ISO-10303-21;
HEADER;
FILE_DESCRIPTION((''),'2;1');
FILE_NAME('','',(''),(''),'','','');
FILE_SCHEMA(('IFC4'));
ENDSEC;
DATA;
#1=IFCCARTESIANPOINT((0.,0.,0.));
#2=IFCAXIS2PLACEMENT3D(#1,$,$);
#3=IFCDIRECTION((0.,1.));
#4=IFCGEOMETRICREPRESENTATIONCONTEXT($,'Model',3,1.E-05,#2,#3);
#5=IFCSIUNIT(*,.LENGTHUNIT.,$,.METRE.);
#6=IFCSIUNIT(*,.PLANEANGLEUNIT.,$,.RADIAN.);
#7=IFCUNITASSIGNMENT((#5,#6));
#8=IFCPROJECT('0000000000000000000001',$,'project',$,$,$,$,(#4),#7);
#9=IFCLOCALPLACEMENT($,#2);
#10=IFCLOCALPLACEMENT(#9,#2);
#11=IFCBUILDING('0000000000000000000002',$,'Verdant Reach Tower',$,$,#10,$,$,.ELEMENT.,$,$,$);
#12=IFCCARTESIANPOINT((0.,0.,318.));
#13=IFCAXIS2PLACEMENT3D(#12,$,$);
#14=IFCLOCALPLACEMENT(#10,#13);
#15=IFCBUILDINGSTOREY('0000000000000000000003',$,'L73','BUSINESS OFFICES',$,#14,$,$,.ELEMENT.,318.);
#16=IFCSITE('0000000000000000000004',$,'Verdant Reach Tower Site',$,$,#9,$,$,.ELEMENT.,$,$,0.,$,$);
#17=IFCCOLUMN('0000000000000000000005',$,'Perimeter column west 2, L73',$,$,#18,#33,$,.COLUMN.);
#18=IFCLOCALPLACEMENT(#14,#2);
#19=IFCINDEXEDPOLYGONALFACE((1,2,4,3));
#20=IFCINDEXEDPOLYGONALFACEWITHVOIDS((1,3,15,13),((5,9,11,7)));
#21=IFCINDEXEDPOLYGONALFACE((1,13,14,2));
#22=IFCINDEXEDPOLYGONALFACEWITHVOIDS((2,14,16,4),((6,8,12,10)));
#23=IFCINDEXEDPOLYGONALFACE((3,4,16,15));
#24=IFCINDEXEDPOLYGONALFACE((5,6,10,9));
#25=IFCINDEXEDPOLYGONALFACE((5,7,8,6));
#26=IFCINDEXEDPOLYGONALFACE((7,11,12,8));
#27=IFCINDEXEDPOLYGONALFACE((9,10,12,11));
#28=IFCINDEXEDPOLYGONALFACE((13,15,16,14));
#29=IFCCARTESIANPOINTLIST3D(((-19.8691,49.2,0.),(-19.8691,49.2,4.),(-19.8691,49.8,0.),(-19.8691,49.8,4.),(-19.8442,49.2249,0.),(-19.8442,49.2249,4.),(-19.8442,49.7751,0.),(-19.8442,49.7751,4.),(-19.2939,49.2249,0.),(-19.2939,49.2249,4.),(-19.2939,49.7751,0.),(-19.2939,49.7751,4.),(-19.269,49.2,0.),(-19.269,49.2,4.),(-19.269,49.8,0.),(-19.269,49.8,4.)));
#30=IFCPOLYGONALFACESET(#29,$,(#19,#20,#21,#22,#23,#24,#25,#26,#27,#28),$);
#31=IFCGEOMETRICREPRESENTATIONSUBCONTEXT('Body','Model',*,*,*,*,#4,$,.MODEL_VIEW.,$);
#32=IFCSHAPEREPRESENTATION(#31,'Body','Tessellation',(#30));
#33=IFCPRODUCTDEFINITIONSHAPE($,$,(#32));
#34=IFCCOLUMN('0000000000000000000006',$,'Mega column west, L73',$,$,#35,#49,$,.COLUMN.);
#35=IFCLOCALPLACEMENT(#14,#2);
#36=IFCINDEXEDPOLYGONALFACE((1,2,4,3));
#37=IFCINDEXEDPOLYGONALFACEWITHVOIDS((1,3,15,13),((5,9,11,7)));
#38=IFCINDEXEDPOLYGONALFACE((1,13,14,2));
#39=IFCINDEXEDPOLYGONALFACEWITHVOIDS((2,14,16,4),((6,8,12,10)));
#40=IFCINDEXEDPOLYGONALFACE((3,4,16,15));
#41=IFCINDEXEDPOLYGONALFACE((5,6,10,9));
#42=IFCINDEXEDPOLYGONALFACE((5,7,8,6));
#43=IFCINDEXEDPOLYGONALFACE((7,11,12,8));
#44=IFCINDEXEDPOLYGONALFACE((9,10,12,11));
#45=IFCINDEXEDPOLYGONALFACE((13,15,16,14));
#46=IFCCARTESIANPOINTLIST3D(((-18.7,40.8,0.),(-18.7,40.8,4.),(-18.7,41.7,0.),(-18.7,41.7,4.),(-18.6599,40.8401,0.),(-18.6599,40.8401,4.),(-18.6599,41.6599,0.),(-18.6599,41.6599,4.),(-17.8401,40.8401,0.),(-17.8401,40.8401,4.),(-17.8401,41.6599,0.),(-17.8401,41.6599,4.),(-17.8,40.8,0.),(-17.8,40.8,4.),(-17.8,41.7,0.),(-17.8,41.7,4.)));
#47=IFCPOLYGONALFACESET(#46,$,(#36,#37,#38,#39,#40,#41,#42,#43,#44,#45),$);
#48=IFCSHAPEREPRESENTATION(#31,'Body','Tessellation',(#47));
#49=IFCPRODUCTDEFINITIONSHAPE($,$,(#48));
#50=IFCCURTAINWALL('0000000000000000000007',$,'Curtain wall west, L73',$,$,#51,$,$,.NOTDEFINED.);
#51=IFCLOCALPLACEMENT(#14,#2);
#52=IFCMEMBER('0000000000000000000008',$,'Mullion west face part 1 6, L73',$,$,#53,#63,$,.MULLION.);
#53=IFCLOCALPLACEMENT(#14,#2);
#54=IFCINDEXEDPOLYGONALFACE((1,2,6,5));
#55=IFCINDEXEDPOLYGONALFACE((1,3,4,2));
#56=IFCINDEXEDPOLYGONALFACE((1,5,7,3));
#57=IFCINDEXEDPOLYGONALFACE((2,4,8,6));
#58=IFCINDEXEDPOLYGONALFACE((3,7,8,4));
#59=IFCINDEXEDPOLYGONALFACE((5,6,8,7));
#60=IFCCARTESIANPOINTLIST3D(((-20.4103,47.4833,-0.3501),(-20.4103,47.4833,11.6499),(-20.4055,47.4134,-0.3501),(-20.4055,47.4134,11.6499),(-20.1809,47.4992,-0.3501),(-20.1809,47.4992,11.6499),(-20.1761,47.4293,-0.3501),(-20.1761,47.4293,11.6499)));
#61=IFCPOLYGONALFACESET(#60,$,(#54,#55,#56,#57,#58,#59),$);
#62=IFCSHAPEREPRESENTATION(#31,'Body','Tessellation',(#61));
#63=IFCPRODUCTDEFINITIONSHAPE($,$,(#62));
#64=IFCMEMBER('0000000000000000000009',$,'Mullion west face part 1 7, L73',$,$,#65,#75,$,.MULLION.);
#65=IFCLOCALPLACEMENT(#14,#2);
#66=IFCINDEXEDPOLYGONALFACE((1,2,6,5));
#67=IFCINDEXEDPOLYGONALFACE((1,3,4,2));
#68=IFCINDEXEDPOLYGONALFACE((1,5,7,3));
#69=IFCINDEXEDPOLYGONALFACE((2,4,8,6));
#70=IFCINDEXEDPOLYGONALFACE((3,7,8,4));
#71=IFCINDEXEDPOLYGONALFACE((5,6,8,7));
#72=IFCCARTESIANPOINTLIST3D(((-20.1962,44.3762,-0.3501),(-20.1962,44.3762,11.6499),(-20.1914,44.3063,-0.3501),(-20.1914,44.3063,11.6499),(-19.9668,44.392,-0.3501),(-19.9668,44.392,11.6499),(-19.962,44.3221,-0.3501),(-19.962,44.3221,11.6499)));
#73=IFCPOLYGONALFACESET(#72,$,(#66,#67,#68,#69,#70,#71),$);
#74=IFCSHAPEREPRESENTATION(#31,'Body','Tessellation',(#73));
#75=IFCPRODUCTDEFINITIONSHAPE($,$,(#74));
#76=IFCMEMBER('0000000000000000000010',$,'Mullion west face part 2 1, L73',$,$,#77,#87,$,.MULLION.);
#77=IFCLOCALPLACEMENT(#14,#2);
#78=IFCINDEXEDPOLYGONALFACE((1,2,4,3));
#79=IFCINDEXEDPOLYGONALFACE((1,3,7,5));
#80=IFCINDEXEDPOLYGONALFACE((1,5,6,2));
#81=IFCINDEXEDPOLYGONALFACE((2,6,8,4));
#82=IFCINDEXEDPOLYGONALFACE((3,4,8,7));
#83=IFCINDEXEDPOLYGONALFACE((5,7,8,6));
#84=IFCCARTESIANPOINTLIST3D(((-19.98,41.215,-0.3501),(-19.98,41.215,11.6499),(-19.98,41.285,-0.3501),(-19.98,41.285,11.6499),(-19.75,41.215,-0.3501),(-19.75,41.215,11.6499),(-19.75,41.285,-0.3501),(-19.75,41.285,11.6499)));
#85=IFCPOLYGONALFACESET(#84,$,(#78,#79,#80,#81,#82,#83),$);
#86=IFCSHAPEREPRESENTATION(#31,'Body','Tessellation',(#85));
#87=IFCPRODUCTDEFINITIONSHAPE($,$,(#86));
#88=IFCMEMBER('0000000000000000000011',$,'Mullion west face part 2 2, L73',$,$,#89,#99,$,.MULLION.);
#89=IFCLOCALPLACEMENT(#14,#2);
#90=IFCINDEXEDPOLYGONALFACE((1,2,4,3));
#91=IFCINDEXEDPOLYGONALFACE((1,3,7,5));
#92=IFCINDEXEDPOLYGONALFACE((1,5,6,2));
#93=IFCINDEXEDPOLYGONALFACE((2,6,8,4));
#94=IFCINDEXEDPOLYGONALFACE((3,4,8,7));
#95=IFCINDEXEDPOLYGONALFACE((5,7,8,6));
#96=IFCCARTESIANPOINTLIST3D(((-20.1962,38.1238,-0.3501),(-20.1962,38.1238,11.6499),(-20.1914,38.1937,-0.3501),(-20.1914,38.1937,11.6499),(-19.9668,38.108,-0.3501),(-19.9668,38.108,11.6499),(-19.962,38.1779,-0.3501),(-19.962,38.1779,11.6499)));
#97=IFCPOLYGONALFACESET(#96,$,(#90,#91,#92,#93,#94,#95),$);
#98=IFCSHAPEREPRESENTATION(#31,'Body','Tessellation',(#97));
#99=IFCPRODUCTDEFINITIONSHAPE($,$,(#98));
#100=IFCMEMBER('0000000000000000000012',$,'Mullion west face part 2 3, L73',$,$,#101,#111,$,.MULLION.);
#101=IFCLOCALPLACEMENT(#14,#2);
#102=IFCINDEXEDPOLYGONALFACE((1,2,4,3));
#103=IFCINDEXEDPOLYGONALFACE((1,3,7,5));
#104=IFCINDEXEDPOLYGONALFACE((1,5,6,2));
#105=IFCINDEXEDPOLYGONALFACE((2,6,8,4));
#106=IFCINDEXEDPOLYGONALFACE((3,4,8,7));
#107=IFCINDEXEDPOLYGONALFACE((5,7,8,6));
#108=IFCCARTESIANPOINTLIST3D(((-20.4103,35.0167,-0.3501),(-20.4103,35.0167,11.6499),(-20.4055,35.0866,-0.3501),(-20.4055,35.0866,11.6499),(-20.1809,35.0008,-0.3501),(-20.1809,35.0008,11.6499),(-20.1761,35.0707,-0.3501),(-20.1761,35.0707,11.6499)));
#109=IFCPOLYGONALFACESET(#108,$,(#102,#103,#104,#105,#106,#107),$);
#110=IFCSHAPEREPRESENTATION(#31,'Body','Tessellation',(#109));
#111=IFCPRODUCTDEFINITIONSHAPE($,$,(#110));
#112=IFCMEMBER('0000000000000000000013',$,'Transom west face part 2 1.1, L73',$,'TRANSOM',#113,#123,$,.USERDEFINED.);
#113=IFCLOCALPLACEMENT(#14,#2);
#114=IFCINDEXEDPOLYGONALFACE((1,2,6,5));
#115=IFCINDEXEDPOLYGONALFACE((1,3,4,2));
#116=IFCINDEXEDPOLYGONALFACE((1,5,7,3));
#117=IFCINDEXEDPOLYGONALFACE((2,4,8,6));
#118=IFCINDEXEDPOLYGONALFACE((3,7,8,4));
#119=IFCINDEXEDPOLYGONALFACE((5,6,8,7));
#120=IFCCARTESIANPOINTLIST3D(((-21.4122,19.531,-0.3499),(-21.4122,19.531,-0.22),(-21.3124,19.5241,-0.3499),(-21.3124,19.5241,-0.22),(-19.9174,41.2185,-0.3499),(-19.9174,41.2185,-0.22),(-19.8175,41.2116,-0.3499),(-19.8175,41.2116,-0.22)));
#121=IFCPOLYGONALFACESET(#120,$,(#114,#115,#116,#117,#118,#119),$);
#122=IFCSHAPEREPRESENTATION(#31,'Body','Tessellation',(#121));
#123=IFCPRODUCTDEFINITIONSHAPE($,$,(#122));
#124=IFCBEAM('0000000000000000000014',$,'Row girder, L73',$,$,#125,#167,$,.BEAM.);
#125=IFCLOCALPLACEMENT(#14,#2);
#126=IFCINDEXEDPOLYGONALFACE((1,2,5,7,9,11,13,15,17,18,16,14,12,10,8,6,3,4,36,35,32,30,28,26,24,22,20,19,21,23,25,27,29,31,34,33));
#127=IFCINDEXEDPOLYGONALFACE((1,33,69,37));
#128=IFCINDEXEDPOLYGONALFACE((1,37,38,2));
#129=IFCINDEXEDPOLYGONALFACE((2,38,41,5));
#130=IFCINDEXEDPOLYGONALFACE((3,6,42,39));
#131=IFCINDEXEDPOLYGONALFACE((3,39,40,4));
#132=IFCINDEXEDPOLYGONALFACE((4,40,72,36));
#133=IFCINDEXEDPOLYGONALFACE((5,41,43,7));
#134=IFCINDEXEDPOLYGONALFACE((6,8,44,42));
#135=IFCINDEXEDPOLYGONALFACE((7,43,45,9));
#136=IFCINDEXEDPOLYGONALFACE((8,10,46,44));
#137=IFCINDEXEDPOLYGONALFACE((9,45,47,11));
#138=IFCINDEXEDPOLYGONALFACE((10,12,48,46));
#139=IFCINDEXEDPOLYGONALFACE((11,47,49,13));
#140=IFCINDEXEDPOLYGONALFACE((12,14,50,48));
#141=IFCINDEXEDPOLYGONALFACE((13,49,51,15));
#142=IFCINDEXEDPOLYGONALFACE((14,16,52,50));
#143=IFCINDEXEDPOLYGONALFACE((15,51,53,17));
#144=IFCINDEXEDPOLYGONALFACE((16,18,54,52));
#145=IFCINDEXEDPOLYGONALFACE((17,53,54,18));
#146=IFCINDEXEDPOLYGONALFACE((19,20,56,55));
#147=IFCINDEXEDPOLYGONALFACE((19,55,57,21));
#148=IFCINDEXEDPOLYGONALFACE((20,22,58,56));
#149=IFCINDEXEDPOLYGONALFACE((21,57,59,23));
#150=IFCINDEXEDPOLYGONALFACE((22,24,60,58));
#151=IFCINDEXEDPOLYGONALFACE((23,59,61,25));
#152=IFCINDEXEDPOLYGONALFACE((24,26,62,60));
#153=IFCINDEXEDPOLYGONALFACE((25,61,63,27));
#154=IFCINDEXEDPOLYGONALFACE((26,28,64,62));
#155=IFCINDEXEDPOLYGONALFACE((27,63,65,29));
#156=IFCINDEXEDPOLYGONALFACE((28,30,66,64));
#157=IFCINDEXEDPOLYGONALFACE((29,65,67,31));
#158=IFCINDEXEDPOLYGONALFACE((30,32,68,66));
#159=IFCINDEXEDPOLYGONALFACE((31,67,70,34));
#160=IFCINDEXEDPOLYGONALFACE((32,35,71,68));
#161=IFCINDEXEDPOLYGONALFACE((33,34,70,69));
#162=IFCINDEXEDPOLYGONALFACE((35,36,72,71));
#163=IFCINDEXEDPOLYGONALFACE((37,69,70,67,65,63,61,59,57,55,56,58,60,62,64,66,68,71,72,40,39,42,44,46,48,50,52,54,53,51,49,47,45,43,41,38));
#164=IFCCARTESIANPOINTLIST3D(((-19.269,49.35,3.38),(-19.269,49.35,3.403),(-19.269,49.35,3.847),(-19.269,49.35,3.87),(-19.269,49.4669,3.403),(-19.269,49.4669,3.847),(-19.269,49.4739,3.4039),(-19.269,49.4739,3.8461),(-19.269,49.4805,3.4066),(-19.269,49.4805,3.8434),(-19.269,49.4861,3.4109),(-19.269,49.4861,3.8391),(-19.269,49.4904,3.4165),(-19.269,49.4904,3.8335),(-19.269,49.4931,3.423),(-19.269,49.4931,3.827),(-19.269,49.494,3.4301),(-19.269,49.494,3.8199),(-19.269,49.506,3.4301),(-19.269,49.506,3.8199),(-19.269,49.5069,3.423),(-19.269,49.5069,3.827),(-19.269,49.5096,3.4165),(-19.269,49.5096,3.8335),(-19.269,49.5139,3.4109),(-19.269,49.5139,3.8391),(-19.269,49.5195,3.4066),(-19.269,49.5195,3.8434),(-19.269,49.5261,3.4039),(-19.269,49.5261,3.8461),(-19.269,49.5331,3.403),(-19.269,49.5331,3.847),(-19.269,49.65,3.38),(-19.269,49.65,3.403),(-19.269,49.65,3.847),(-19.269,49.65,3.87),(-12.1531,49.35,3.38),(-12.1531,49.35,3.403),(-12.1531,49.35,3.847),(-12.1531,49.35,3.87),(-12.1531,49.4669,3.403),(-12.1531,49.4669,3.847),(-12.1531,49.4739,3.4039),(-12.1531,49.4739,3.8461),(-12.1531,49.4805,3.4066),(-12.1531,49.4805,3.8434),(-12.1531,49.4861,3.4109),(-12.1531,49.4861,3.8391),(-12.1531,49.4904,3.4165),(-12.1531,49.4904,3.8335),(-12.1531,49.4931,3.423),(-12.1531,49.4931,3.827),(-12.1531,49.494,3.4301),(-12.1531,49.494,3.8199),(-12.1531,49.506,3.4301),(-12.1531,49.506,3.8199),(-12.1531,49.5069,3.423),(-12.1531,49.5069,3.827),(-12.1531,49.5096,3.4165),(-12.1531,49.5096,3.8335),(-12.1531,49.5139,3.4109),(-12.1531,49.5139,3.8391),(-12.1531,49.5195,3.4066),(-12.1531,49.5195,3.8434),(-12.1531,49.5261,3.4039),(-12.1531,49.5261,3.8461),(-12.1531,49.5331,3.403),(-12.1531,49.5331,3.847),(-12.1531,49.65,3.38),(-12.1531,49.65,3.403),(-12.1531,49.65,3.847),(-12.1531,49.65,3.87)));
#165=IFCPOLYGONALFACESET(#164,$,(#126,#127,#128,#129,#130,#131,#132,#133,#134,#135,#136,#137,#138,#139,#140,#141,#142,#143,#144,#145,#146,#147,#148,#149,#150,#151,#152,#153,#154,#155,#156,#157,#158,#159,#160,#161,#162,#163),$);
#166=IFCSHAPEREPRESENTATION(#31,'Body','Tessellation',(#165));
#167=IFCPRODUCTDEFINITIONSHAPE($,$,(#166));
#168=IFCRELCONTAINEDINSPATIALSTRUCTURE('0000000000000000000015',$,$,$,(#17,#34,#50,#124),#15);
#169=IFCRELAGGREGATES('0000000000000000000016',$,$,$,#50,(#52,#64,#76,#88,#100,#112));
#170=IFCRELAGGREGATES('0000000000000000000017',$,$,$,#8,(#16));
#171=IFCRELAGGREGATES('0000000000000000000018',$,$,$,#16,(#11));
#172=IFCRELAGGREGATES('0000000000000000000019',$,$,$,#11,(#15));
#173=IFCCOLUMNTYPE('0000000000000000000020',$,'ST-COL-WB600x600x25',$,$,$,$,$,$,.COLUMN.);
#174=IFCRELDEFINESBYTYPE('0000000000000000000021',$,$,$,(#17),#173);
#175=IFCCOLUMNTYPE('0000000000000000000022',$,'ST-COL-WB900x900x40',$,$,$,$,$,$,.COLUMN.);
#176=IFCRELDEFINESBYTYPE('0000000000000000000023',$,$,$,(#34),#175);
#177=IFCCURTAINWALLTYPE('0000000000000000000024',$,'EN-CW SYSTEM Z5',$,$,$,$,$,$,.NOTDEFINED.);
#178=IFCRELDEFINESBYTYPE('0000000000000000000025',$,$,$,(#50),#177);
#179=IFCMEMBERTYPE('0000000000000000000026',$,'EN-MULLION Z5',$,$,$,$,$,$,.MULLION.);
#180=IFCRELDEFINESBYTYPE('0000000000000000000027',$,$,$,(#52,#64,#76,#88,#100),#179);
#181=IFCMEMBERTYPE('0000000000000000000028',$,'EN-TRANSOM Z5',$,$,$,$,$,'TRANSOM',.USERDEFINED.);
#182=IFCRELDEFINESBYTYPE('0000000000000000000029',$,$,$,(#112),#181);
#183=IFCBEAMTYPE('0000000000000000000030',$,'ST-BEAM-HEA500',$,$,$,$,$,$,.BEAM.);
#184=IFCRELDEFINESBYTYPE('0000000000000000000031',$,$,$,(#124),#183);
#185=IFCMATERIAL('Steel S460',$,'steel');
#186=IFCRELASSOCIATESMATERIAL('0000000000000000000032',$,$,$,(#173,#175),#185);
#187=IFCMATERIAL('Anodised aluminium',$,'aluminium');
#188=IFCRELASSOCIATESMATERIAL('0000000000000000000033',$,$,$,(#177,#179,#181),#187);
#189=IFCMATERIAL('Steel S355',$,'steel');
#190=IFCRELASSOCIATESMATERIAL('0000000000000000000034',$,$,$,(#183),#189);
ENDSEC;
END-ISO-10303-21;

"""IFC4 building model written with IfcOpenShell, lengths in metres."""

from ifc_helpers import new_model, si_unit, direction, frame, origin, origin_2d, place, context, subcontext, project, spatial, rectangle, hollow_rectangle, i_section, extrude, material, material_profile, profile_set, type_object, element, aggregate, save


model = new_model("IFC4")

# Units and contexts
model_context = context("Model", 3, precision=1e-05, world=origin(), true_north=direction((0.0, 1.0)))
body_context = subcontext(model_context, "Body", "Model", "MODEL_VIEW")
ifc_project = project(units=[si_unit("LENGTHUNIT", "METRE"), si_unit("PLANEANGLEUNIT", "RADIAN")], contexts=[model_context])

# Site, building, storey
site_placement = place(None, origin())
site = spatial("IfcSite", under=ifc_project, at=site_placement, Name="Verdant Reach Tower Site", CompositionType="ELEMENT", RefElevation=0.0)
building_placement = place(site_placement, origin())
building = spatial("IfcBuilding", under=site, at=building_placement, Name="Verdant Reach Tower", CompositionType="ELEMENT")
storey_placement = place(building_placement, frame((0.0, 0.0, 318.0)))
storey = spatial("IfcBuildingStorey", under=building, at=storey_placement, Name="L73", Description="BUSINESS OFFICES", CompositionType="ELEMENT", Elevation=318.0)

# Columns
ifc_material_1 = material(Name="Steel S460", Category="steel")
ifc_material_profile_1 = material_profile(ifc_material_1, hollow_rectangle(XDim=0.6001, YDim=0.6001, WallThickness=0.0249, at=origin_2d()), Name="WB 600x600x25")
ifc_profile_set_1 = profile_set([ifc_material_profile_1], Name="Steel S460")
column_type_1 = type_object("IfcColumnType", Name="ST-COL-WB600x600x25", PredefinedType="COLUMN", material=ifc_profile_set_1)
column_1_placement = place(storey_placement, frame((-19.5691, 49.5, 0.0), z_axis=(0.0, 0.0, 1.0), x_axis=(1.0, 0.0, 0.0)))
element("IfcColumn", 1, at=column_1_placement, inside=storey, type_object=column_type_1, Name="Perimeter column west 2, L73", PredefinedType="COLUMN", context=body_context, shape_type="SweptSolid", body=[
    extrude(hollow_rectangle(XDim=0.6001, YDim=0.6001, WallThickness=0.0249, at=origin_2d()), origin(), (0.0, 0.0, 1.0), 4.0),
])
ifc_material_profile_2 = material_profile(ifc_material_1, hollow_rectangle(XDim=0.8999, YDim=0.8999, WallThickness=0.04, at=origin_2d()), Name="WB 900x900x40")
ifc_profile_set_2 = profile_set([ifc_material_profile_2], Name="Steel S460")
column_type_2 = type_object("IfcColumnType", Name="ST-COL-WB900x900x40", PredefinedType="COLUMN", material=ifc_profile_set_2)
column_2_placement = place(storey_placement, frame((-18.25, 41.25, 0.0), z_axis=(0.0, 0.0, 1.0), x_axis=(1.0, 0.0, 0.0)))
element("IfcColumn", 2, at=column_2_placement, inside=storey, type_object=column_type_2, Name="Mega column west, L73", PredefinedType="COLUMN", context=body_context, shape_type="SweptSolid", body=[
    extrude(hollow_rectangle(XDim=0.8999, YDim=0.8999, WallThickness=0.04, at=origin_2d()), origin(), (0.0, 0.0, 1.0), 4.0),
])

# Curtain wall, members
ifc_material_2 = material(Name="Anodised aluminium", Category="aluminium")
curtain_wall_type = type_object("IfcCurtainWallType", Name="EN-CW SYSTEM Z5", PredefinedType="NOTDEFINED", material=ifc_material_2)
curtain_wall_placement = place(storey_placement, origin())
curtain_wall = element("IfcCurtainWall", 3, at=curtain_wall_placement, inside=storey, type_object=curtain_wall_type, Name="Curtain wall west, L73", PredefinedType="NOTDEFINED")
ifc_material_profile_3 = material_profile(ifc_material_2, rectangle(XDim=0.23, YDim=0.0701, at=origin_2d()), Name="Mullion 70x230")
ifc_profile_set_3 = profile_set([ifc_material_profile_3], Name="Anodised aluminium")
member_type_1 = type_object("IfcMemberType", Name="EN-MULLION Z5", PredefinedType="MULLION", material=ifc_profile_set_3)
member_1_placement = place(storey_placement, frame((-20.2932, 47.4563, -0.3501), z_axis=(0.0, 0.0, 1.0), x_axis=(-0.99763, -0.068802, 0.0)))
member_1 = element("IfcMember", 4, at=member_1_placement, type_object=member_type_1, Name="Mullion west face part 1 6, L73", PredefinedType="MULLION", context=body_context, shape_type="SweptSolid", body=[
    extrude(rectangle(XDim=0.23, YDim=0.0701, at=origin_2d()), origin(), (0.0, 0.0, 1.0), 12.0),
])
member_2_placement = place(storey_placement, frame((-20.0791, 44.3491, -0.3501), z_axis=(0.0, 0.0, 1.0), x_axis=(-0.99763, -0.068802, 0.0)))
member_2 = element("IfcMember", 5, at=member_2_placement, type_object=member_type_1, Name="Mullion west face part 1 7, L73", PredefinedType="MULLION", context=body_context, shape_type="SweptSolid", body=[
    extrude(rectangle(XDim=0.23, YDim=0.0701, at=origin_2d()), origin(), (0.0, 0.0, 1.0), 12.0),
])
member_3_placement = place(storey_placement, frame((-19.865, 41.25, -0.3501), z_axis=(0.0, 0.0, 1.0), x_axis=(-1.0, 0.0, 0.0)))
member_3 = element("IfcMember", 6, at=member_3_placement, type_object=member_type_1, Name="Mullion west face part 2 1, L73", PredefinedType="MULLION", context=body_context, shape_type="SweptSolid", body=[
    extrude(rectangle(XDim=0.23, YDim=0.0701, at=origin_2d()), origin(), (0.0, 0.0, 1.0), 12.0),
])
member_4_placement = place(storey_placement, frame((-20.0791, 38.1509, -0.3501), z_axis=(0.0, 0.0, 1.0), x_axis=(-0.99763, 0.068802, 0.0)))
member_4 = element("IfcMember", 7, at=member_4_placement, type_object=member_type_1, Name="Mullion west face part 2 2, L73", PredefinedType="MULLION", context=body_context, shape_type="SweptSolid", body=[
    extrude(rectangle(XDim=0.23, YDim=0.0701, at=origin_2d()), origin(), (0.0, 0.0, 1.0), 12.0),
])
member_5_placement = place(storey_placement, frame((-20.2932, 35.0437, -0.3501), z_axis=(0.0, 0.0, 1.0), x_axis=(-0.99763, 0.068802, 0.0)))
member_5 = element("IfcMember", 8, at=member_5_placement, type_object=member_type_1, Name="Mullion west face part 2 3, L73", PredefinedType="MULLION", context=body_context, shape_type="SweptSolid", body=[
    extrude(rectangle(XDim=0.23, YDim=0.0701, at=origin_2d()), origin(), (0.0, 0.0, 1.0), 12.0),
])
ifc_material_profile_4 = material_profile(ifc_material_2, rectangle(XDim=0.1001, YDim=0.1299, at=origin_2d()), Name="Transom 130x100")
ifc_profile_set_4 = profile_set([ifc_material_profile_4], Name="Anodised aluminium")
member_type_2 = type_object("IfcMemberType", Name="EN-TRANSOM Z5", ElementType="TRANSOM", PredefinedType="USERDEFINED", material=ifc_profile_set_4)
member_6_placement = place(storey_placement, frame((-19.8674, 41.2151, -0.2849), z_axis=(-0.068765, -0.997633, 0.0), x_axis=(0.997633, -0.068765, 0.0)))
member_6 = element("IfcMember", 9, at=member_6_placement, type_object=member_type_2, Name="Transom west face part 2 1.1, L73", ObjectType="TRANSOM", PredefinedType="USERDEFINED", context=body_context, shape_type="SweptSolid", body=[
    extrude(rectangle(XDim=0.1001, YDim=0.1299, at=origin_2d()), origin(), (0.0, 0.0, 1.0), 21.739),
])

# Beam
ifc_material_3 = material(Name="Steel S355", Category="steel")
ifc_material_profile_5 = material_profile(ifc_material_3, i_section(OverallWidth=0.3, OverallDepth=0.49, WebThickness=0.012, FlangeThickness=0.0229, FilletRadius=0.0271, at=origin_2d()), Name="HEA 500")
ifc_profile_set_5 = profile_set([ifc_material_profile_5], Name="Steel S355")
beam_type_1 = type_object("IfcBeamType", Name="ST-BEAM-HEA500", PredefinedType="BEAM", material=ifc_profile_set_5)
beam_1_placement = place(storey_placement, frame((-19.269, 49.5, 3.625), z_axis=(1.0, 0.0, 0.0), x_axis=(0.0, 1.0, 0.0)))
element("IfcBeam", 10, at=beam_1_placement, inside=storey, type_object=beam_type_1, Name="Row girder, L73", PredefinedType="BEAM", context=body_context, shape_type="SweptSolid", body=[
    extrude(i_section(OverallWidth=0.3, OverallDepth=0.49, WebThickness=0.012, FlangeThickness=0.0229, FilletRadius=0.0271, at=origin_2d()), origin(), (0.0, 0.0, 1.0), 7.116),
])

aggregate(curtain_wall, [member_1, member_2, member_3, member_4, member_5, member_6])

save(model, "model.ifc")
